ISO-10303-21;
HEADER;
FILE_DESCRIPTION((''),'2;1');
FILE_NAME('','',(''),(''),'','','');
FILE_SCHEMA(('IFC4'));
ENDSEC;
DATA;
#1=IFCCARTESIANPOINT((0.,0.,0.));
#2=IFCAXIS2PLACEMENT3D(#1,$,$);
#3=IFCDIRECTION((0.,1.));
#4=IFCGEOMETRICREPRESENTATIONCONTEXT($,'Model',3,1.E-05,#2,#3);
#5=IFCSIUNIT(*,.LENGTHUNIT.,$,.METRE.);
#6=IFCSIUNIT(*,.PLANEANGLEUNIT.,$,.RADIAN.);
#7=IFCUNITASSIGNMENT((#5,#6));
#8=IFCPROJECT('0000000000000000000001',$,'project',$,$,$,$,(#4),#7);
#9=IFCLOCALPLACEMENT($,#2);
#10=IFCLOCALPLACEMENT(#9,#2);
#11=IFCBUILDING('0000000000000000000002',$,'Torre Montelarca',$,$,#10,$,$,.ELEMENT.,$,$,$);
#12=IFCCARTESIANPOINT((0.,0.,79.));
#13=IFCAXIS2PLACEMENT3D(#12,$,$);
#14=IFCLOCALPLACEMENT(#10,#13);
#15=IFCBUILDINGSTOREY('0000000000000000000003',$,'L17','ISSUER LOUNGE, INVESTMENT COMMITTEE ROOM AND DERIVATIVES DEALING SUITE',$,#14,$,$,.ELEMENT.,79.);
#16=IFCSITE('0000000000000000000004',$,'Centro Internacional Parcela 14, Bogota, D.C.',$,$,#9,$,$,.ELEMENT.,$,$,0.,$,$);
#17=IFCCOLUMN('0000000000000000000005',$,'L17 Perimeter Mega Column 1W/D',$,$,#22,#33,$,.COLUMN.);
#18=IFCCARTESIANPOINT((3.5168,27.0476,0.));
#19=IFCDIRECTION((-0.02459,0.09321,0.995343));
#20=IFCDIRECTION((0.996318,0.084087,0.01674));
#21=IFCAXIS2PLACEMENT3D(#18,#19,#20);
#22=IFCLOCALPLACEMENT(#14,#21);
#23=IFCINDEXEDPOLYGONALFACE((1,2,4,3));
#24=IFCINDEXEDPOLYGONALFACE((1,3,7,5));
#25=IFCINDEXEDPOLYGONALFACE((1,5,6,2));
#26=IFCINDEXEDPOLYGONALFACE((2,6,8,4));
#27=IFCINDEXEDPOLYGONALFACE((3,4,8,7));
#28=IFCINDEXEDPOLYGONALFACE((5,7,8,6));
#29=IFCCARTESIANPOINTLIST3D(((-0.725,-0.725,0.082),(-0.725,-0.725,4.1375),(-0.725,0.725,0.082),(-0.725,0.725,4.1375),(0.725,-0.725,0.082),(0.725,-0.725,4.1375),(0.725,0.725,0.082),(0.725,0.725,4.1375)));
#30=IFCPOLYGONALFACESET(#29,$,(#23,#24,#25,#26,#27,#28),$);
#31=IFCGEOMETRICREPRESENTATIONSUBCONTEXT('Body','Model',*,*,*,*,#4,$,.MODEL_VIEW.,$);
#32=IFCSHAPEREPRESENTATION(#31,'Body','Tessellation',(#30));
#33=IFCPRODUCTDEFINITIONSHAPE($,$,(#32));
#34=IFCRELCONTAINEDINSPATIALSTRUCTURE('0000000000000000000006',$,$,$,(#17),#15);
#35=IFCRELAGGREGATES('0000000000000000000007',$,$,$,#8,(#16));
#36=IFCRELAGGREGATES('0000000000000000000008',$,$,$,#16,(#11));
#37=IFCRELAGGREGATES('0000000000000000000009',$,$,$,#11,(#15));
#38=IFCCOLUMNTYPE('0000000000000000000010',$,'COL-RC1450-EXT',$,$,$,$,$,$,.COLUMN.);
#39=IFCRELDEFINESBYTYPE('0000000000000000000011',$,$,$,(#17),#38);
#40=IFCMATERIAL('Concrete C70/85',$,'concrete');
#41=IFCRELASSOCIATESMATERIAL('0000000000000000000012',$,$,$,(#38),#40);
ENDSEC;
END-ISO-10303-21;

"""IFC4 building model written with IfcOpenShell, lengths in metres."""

from ifc_helpers import new_model, si_unit, direction, frame, origin, origin_2d, place, context, subcontext, project, spatial, rectangle, extrude, clip, halfspace, material, material_profile, profile_set, type_object, element, save


model = new_model("IFC4")

# Units and contexts
model_context = context("Model", 3, precision=1e-05, world=origin(), true_north=direction((0.0, 1.0)))
body_context = subcontext(model_context, "Body", "Model", "MODEL_VIEW")
ifc_project = project(units=[si_unit("LENGTHUNIT", "METRE"), si_unit("PLANEANGLEUNIT", "RADIAN")], contexts=[model_context])

# Site, building, storey
site_placement = place(None, origin())
site = spatial("IfcSite", under=ifc_project, at=site_placement, Name="Centro Internacional Parcela 14, Bogota, D.C.", CompositionType="ELEMENT", RefElevation=0.0)
building_placement = place(site_placement, origin())
building = spatial("IfcBuilding", under=site, at=building_placement, Name="Torre Montelarca", CompositionType="ELEMENT")
storey_placement = place(building_placement, frame((0.0, 0.0, 79.0)))
storey = spatial("IfcBuildingStorey", under=building, at=storey_placement, Name="L17", Description="ISSUER LOUNGE, INVESTMENT COMMITTEE ROOM AND DERIVATIVES DEALING SUITE", CompositionType="ELEMENT", Elevation=79.0)

# Column
ifc_material_1 = material(Name="Concrete C70/85", Category="concrete")
ifc_material_profile_1 = material_profile(ifc_material_1, rectangle(XDim=1.45, YDim=1.45, at=origin_2d()), Name="RC1450X1450", Category="concrete")
ifc_profile_set_1 = profile_set([ifc_material_profile_1], Name="Concrete C70/85")
column_type_1 = type_object("IfcColumnType", Name="COL-RC1450-EXT", PredefinedType="COLUMN", material=ifc_profile_set_1)
column_1_placement = place(storey_placement, frame((3.5168, 27.0476, 0.0), z_axis=(-0.02459, 0.09321, 0.995343), x_axis=(0.996318, 0.084087, 0.01674)))
element("IfcColumn", 1, at=column_1_placement, inside=storey, type_object=column_type_1, Name="L17 Perimeter Mega Column 1W/D", PredefinedType="COLUMN", context=body_context, shape_type="Clipping", body=[
    clip(clip(extrude(rectangle(XDim=1.45, YDim=1.45, at=origin_2d()), origin(), (0.0, 0.0, 1.0), 4.2195), halfspace(frame((0.0, 0.0, 0.082), z_axis=(0.0, 0.0, -1.0), x_axis=(1.0, 0.0, 0.0)), False)), halfspace(frame((0.0, 0.0, 4.1375), z_axis=(0.0, 0.0, 1.0), x_axis=(1.0, 0.0, 0.0)), False)),
])

save(model, "model.ifc")
